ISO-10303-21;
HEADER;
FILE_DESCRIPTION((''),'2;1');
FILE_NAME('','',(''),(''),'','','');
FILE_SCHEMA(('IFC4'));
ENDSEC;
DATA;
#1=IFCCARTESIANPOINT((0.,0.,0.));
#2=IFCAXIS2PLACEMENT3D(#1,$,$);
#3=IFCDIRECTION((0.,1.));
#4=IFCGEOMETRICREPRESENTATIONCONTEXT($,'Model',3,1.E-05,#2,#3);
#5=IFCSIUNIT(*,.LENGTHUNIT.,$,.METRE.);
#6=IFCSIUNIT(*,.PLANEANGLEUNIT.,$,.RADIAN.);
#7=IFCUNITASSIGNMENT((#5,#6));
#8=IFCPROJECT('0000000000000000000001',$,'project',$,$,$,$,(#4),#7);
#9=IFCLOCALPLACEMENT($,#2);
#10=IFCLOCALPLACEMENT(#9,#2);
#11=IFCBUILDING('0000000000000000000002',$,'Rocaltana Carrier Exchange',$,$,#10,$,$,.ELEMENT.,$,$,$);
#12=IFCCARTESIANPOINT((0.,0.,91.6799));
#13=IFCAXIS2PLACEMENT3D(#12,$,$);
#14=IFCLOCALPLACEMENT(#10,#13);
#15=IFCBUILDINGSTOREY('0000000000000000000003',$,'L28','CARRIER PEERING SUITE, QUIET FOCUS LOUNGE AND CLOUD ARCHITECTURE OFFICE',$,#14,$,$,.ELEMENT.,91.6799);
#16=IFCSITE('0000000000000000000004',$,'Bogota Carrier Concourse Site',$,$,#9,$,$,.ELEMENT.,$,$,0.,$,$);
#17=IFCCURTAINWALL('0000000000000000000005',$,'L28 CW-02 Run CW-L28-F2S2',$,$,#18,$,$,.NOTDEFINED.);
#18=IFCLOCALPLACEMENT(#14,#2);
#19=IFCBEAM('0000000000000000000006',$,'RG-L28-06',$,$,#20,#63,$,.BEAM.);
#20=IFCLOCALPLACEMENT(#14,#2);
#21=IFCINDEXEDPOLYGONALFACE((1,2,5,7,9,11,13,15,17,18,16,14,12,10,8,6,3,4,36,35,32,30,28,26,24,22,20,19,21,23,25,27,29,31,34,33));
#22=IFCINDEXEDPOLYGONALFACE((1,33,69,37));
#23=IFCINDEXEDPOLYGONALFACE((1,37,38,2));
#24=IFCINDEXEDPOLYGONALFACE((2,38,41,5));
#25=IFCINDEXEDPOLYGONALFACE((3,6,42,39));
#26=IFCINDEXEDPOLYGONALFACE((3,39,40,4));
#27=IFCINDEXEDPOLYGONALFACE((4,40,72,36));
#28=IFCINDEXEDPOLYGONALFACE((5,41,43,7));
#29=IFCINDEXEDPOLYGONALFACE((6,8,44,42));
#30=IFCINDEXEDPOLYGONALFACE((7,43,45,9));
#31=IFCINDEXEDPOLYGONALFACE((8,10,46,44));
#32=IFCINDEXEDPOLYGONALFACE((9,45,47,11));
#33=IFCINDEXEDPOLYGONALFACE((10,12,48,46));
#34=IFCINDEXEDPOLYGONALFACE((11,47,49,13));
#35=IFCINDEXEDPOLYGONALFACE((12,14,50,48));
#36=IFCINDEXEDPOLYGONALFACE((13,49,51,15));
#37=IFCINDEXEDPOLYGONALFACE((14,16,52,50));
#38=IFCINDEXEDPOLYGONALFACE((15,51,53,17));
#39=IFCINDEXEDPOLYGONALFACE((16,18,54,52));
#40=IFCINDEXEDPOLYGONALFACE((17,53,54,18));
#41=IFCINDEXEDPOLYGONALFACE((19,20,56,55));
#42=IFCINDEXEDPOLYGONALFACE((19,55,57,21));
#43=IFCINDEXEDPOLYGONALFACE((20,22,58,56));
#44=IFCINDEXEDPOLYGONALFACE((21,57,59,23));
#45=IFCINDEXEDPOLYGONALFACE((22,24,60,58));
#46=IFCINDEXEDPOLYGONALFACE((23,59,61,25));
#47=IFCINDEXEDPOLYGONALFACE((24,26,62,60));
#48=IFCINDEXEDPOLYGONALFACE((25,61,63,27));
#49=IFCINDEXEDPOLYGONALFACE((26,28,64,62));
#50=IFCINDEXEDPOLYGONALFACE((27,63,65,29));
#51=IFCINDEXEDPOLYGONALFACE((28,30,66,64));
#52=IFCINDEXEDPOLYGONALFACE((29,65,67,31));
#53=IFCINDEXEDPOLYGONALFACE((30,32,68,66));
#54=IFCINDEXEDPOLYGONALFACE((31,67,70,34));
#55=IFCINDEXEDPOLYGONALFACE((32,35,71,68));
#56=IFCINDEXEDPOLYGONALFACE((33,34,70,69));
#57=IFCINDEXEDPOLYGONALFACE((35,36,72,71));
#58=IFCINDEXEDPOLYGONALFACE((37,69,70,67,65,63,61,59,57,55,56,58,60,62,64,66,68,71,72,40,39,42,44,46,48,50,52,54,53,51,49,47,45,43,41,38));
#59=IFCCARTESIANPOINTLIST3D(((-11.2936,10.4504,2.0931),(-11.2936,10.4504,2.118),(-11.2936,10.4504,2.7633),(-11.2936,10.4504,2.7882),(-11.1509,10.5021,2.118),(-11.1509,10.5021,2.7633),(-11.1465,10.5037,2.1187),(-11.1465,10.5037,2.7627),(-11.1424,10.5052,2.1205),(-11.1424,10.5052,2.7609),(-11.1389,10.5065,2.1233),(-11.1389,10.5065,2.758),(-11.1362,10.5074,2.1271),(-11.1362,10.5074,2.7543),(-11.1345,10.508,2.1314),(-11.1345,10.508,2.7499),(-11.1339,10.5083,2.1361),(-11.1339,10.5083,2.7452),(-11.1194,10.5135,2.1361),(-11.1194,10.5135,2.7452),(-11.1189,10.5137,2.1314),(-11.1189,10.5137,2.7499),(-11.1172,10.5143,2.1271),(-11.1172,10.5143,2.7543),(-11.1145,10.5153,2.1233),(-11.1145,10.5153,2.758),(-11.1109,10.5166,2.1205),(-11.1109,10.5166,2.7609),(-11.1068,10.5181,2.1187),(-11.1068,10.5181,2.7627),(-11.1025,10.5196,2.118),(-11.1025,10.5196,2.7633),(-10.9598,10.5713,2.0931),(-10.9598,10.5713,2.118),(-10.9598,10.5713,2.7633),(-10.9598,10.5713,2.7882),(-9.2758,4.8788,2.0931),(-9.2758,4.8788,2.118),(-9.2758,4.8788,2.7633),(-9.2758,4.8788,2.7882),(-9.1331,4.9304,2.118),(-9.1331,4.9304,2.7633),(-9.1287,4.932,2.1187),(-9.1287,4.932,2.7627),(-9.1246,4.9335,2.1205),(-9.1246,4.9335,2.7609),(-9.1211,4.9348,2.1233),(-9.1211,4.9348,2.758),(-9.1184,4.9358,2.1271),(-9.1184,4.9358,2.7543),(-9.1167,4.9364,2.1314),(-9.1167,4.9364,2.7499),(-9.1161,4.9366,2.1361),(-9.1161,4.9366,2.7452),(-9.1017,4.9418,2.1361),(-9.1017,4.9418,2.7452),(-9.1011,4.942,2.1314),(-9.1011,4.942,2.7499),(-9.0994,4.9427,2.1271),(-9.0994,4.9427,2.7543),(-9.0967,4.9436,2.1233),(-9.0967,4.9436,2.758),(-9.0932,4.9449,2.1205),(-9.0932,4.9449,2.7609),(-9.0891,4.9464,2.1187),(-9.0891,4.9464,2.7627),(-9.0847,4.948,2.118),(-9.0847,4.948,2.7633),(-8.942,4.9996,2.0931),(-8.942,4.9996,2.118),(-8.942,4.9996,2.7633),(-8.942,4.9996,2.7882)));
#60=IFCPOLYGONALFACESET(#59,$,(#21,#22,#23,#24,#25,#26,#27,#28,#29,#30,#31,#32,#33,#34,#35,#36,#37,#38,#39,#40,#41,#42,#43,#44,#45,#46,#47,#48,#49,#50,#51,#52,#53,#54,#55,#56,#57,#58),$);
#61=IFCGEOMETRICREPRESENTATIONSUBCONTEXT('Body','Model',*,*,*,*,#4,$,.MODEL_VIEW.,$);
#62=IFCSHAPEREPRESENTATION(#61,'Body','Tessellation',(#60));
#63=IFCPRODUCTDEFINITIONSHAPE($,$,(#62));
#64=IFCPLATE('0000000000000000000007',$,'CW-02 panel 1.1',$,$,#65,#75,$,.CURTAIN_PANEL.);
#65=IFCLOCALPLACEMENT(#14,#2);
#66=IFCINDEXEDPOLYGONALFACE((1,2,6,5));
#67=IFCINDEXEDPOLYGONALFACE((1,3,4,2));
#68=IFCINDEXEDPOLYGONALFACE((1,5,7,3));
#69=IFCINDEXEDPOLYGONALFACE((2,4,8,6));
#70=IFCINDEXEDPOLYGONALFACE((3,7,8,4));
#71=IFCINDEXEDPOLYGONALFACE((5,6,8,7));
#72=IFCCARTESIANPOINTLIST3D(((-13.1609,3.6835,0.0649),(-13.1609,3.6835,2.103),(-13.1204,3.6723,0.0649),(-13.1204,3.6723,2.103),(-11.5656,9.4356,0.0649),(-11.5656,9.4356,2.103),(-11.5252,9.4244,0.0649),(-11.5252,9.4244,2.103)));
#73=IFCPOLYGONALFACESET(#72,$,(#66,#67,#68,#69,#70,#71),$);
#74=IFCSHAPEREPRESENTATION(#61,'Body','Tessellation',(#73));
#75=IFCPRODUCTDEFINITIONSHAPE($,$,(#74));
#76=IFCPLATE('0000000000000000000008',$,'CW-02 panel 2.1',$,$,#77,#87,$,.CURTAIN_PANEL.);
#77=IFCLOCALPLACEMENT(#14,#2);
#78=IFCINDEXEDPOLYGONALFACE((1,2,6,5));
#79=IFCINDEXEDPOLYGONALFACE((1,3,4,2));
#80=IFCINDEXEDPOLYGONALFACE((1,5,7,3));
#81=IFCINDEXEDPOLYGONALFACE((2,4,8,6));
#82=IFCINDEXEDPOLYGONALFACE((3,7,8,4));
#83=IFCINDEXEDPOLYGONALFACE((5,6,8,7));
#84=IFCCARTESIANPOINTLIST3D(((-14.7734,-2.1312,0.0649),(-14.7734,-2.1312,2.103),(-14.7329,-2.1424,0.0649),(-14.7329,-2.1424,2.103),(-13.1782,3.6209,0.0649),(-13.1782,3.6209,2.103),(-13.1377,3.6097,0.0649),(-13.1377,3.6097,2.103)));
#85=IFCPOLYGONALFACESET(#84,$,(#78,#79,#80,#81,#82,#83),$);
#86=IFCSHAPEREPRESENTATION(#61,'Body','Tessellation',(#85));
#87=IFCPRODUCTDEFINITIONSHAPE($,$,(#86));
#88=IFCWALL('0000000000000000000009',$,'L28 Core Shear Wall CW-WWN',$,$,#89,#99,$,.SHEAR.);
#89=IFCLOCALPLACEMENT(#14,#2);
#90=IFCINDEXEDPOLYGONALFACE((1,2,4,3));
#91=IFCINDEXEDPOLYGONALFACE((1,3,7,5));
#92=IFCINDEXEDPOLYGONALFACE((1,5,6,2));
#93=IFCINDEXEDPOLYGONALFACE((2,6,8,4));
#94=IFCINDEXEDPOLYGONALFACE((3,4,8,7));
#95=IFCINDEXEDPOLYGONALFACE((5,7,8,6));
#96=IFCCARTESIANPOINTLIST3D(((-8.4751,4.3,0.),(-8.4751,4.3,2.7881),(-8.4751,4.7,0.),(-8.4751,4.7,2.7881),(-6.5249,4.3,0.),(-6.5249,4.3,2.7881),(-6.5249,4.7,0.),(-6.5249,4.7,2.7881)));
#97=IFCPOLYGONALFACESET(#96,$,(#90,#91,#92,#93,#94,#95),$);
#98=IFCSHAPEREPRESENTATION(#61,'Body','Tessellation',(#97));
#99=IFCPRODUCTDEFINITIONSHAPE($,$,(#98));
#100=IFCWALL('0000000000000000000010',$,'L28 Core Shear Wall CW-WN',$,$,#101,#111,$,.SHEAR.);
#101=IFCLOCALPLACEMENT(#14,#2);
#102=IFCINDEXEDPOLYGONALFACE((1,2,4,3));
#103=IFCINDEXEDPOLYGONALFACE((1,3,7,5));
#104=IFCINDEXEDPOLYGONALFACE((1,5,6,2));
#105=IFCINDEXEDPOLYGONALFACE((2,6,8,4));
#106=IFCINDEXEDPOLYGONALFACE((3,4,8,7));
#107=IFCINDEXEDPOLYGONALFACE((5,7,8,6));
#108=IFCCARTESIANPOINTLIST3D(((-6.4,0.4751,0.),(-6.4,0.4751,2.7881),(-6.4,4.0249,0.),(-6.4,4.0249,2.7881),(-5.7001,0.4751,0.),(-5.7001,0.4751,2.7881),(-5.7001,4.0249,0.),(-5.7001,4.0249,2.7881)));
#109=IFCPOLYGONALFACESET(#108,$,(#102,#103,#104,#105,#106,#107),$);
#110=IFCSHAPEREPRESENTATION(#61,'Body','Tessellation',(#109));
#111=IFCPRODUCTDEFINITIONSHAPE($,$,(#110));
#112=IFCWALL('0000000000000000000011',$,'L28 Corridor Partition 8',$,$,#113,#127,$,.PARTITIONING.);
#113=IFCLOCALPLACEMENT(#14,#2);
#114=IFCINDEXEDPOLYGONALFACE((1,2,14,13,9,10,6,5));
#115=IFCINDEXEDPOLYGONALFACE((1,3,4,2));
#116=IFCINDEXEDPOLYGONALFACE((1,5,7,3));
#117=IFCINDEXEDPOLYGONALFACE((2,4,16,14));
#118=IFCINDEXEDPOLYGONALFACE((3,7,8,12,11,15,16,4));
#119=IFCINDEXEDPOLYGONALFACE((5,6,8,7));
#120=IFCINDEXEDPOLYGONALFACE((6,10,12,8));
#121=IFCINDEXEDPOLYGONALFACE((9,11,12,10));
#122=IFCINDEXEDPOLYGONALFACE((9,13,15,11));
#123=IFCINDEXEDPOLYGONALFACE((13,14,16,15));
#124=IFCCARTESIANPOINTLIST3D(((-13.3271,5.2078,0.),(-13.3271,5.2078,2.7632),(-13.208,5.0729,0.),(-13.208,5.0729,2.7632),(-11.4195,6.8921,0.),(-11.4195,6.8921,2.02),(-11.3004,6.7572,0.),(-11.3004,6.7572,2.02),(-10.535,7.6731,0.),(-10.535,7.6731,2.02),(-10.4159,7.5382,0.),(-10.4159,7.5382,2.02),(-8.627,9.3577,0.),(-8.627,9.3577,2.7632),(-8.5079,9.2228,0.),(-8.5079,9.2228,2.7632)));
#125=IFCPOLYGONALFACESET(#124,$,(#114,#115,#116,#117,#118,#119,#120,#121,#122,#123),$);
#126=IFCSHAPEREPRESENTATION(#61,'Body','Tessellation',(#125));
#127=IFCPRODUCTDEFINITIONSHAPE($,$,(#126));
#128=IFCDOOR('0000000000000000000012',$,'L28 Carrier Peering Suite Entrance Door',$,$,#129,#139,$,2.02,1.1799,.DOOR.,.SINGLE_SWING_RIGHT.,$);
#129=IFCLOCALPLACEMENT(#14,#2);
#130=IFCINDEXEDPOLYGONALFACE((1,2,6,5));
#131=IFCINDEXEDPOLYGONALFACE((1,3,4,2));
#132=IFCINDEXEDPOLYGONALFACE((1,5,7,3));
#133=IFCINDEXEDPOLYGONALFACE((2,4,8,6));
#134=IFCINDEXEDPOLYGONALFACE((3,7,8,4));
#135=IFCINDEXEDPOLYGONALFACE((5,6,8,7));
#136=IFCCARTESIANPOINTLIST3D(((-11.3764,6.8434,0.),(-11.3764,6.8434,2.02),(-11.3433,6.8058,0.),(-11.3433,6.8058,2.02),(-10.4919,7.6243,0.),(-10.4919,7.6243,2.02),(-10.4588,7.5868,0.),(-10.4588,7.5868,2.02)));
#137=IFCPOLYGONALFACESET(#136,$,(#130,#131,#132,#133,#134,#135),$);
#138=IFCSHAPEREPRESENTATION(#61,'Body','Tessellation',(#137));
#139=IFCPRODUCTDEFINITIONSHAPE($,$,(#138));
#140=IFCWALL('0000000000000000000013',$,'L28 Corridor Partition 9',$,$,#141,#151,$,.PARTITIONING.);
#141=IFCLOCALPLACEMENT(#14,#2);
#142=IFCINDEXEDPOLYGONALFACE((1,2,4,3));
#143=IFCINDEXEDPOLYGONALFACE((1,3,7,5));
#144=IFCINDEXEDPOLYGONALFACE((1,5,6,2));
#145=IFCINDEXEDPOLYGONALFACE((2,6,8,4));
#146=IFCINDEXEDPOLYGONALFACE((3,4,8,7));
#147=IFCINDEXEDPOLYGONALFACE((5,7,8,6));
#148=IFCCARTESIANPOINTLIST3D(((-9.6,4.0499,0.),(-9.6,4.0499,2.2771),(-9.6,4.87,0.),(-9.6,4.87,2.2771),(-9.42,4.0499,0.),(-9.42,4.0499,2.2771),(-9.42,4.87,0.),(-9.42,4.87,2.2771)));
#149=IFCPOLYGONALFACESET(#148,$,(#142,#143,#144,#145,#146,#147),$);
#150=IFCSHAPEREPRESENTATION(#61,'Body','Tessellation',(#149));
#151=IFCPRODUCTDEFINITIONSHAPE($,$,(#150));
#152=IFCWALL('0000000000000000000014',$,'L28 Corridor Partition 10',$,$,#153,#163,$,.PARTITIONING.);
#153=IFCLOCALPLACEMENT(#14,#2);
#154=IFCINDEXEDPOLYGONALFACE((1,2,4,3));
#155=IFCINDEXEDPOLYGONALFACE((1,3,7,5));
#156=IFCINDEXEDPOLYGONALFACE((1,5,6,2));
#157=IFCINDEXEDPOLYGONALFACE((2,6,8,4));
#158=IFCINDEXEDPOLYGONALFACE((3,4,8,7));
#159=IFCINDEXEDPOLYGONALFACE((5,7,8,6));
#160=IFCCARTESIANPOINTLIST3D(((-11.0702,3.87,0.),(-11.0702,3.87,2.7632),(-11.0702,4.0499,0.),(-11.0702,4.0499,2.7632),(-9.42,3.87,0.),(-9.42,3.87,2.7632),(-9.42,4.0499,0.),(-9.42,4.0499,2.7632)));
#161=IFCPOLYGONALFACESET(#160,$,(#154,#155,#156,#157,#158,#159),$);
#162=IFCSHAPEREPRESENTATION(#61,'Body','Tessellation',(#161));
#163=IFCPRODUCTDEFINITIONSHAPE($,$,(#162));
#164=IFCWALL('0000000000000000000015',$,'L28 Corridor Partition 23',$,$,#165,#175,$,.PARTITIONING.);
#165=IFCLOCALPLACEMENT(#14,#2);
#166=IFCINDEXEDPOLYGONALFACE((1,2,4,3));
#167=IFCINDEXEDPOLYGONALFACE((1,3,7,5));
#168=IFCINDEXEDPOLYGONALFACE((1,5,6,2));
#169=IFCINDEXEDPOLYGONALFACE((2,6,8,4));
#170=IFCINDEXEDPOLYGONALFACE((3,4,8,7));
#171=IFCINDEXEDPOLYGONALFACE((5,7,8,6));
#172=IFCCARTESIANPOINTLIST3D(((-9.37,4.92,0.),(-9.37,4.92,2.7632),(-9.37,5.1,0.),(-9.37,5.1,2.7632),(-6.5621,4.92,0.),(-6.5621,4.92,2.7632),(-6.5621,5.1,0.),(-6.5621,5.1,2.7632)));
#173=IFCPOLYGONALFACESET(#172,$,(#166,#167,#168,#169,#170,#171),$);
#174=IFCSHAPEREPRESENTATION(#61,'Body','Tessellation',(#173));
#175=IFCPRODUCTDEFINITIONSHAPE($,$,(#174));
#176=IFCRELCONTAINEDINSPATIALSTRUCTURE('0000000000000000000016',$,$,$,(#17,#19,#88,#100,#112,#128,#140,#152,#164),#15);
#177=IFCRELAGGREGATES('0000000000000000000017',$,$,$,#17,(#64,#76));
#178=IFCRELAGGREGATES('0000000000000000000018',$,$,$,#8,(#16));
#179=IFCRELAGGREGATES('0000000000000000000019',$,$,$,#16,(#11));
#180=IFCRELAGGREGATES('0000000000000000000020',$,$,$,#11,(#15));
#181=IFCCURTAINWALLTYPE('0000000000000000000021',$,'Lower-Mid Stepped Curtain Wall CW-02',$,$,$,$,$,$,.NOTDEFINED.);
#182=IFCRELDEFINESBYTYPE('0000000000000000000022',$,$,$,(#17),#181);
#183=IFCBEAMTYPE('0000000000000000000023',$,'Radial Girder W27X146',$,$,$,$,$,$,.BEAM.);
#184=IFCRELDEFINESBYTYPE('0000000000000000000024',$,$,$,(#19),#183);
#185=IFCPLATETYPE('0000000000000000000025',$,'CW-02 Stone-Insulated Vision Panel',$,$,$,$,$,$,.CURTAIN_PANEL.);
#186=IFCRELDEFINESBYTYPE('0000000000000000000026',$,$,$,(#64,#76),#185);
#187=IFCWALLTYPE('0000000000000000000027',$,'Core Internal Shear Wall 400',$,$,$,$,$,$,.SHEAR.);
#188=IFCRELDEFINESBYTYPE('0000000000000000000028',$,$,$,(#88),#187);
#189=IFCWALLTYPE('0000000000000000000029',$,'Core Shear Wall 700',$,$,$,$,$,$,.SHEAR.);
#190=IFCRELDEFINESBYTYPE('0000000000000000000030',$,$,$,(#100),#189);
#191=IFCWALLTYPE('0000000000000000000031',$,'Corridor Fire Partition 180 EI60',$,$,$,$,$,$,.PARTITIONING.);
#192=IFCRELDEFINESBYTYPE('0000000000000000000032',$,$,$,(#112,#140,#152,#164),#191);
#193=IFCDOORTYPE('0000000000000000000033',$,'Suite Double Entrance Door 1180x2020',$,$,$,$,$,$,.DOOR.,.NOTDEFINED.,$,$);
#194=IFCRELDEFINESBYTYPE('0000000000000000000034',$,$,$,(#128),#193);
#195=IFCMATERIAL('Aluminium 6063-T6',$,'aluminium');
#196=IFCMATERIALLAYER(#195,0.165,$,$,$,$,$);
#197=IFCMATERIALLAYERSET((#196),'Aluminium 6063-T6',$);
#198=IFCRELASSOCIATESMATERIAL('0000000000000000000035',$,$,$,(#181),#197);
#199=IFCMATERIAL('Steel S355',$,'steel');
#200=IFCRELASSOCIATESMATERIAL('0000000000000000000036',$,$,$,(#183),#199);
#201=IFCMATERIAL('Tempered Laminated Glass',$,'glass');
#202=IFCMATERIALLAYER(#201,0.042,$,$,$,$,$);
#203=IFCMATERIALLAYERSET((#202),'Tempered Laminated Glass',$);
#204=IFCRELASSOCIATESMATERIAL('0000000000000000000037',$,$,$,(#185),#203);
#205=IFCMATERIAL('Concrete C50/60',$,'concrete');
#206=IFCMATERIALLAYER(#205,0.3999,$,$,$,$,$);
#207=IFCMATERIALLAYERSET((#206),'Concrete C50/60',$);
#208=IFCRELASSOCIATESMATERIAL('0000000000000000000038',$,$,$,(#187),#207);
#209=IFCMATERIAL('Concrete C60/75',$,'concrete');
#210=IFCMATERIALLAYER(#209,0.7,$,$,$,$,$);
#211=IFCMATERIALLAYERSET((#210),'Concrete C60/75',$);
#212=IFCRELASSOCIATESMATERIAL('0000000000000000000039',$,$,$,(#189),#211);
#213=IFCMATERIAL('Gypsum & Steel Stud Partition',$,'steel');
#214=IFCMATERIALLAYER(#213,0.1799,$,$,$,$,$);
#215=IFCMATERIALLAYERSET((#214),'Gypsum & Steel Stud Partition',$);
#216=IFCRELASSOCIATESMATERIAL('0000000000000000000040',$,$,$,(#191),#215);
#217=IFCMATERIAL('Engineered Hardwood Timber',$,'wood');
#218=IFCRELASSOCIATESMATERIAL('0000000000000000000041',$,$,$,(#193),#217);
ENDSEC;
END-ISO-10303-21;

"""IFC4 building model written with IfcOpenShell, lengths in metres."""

from ifc_helpers import new_model, si_unit, direction, frame, frame_2d, origin, origin_2d, place, context, subcontext, project, spatial, rectangle, i_section, extrude, material, layer, layer_set, material_profile, profile_set, type_object, element, fill, aggregate, save


model = new_model("IFC4")

# Units and contexts
model_context = context("Model", 3, precision=1e-05, world=origin(), true_north=direction((0.0, 1.0)))
body_context = subcontext(model_context, "Body", "Model", "MODEL_VIEW")
ifc_project = project(units=[si_unit("LENGTHUNIT", "METRE"), si_unit("PLANEANGLEUNIT", "RADIAN")], contexts=[model_context])

# Site, building, storey
site_placement = place(None, origin())
site = spatial("IfcSite", under=ifc_project, at=site_placement, Name="Bogota Carrier Concourse Site", CompositionType="ELEMENT", RefElevation=0.0)
building_placement = place(site_placement, origin())
building = spatial("IfcBuilding", under=site, at=building_placement, Name="Rocaltana Carrier Exchange", CompositionType="ELEMENT")
storey_placement = place(building_placement, frame((0.0, 0.0, 91.6799)))
storey = spatial("IfcBuildingStorey", under=building, at=storey_placement, Name="L28", Description="CARRIER PEERING SUITE, QUIET FOCUS LOUNGE AND CLOUD ARCHITECTURE OFFICE", CompositionType="ELEMENT", Elevation=91.6799)

# Curtain wall
ifc_material_1 = material(Name="Aluminium 6063-T6", Category="aluminium")
ifc_layer_1 = layer(ifc_material_1, 0.165)
ifc_layer_set_1 = layer_set([ifc_layer_1], Name="Aluminium 6063-T6")
curtain_wall_type = type_object("IfcCurtainWallType", Name="Lower-Mid Stepped Curtain Wall CW-02", PredefinedType="NOTDEFINED", material=ifc_layer_set_1)
curtain_wall_placement = place(storey_placement, origin())
curtain_wall = element("IfcCurtainWall", 1, at=curtain_wall_placement, inside=storey, type_object=curtain_wall_type, Name="L28 CW-02 Run CW-L28-F2S2", PredefinedType="NOTDEFINED")

# Beam
ifc_material_2 = material(Name="Steel S355", Category="steel")
ifc_material_profile_1 = material_profile(ifc_material_2, i_section(OverallWidth=0.355, OverallDepth=0.6951, WebThickness=0.0154, FlangeThickness=0.0249, FilletRadius=0.0181, at=origin_2d()), Name="W27X146")
ifc_profile_set_1 = profile_set([ifc_material_profile_1], Name="Steel S355")
beam_type_1 = type_object("IfcBeamType", Name="Radial Girder W27X146", PredefinedType="BEAM", material=ifc_profile_set_1)
beam_1_placement = place(storey_placement, frame((-9.1089, 4.9392, 2.4407), z_axis=(-0.340509, 0.940241, 0.0), x_axis=(-0.940241, -0.340509, 0.0)))
element("IfcBeam", 2, at=beam_1_placement, inside=storey, type_object=beam_type_1, Name="RG-L28-06", PredefinedType="BEAM", context=body_context, shape_type="SweptSolid", body=[
    extrude(i_section(OverallWidth=0.355, OverallDepth=0.6951, WebThickness=0.0154, FlangeThickness=0.0249, FilletRadius=0.0181, at=origin_2d()), origin(), (0.0, 0.0, 1.0), 5.9258),
])

# Plates
ifc_material_3 = material(Name="Tempered Laminated Glass", Category="glass")
ifc_layer_2 = layer(ifc_material_3, 0.042)
ifc_layer_set_2 = layer_set([ifc_layer_2], Name="Tempered Laminated Glass")
plate_type = type_object("IfcPlateType", Name="CW-02 Stone-Insulated Vision Panel", PredefinedType="CURTAIN_PANEL", material=ifc_layer_set_2)
plate_1_placement = place(storey_placement, frame((-12.343, 6.554, 0.0649), z_axis=(0.0, 0.0, 1.0), x_axis=(-0.267238, -0.963631, 0.0)))
plate_1 = element("IfcPlate", 3, at=plate_1_placement, type_object=plate_type, Name="CW-02 panel 1.1", PredefinedType="CURTAIN_PANEL", context=body_context, shape_type="SweptSolid", body=[
    extrude(rectangle(XDim=5.9692, YDim=0.042, at=origin_2d()), origin(), (0.0, 0.0, 1.0), 2.0381),
])
plate_2_placement = place(storey_placement, frame((-13.9556, 0.7393, 0.0649), z_axis=(0.0, 0.0, 1.0), x_axis=(-0.267238, -0.963631, 0.0)))
plate_2 = element("IfcPlate", 4, at=plate_2_placement, type_object=plate_type, Name="CW-02 panel 2.1", PredefinedType="CURTAIN_PANEL", context=body_context, shape_type="SweptSolid", body=[
    extrude(rectangle(XDim=5.9692, YDim=0.042, at=origin_2d()), origin(), (0.0, 0.0, 1.0), 2.0381),
])
aggregate(curtain_wall, [plate_1, plate_2])

# Walls
ifc_material_4 = material(Name="Concrete C50/60", Category="concrete")
ifc_layer_3 = layer(ifc_material_4, 0.3999)
ifc_layer_set_3 = layer_set([ifc_layer_3], Name="Concrete C50/60")
wall_type_1 = type_object("IfcWallType", Name="Core Internal Shear Wall 400", PredefinedType="SHEAR", material=ifc_layer_set_3)
wall_1_placement = place(storey_placement, frame((-8.4751, 4.5, 0.0), z_axis=(0.0, 0.0, 1.0), x_axis=(1.0, 0.0, 0.0)))
element("IfcWall", 5, at=wall_1_placement, inside=storey, type_object=wall_type_1, Name="L28 Core Shear Wall CW-WWN", PredefinedType="SHEAR", context=body_context, shape_type="SweptSolid", body=[
    extrude(rectangle(XDim=1.9502, YDim=0.3999, at=frame_2d((0.9751, 0.0))), origin(), (0.0, 0.0, 1.0), 2.7881),
])
ifc_material_5 = material(Name="Concrete C60/75", Category="concrete")
ifc_layer_4 = layer(ifc_material_5, 0.7)
ifc_layer_set_4 = layer_set([ifc_layer_4], Name="Concrete C60/75")
wall_type_2 = type_object("IfcWallType", Name="Core Shear Wall 700", PredefinedType="SHEAR", material=ifc_layer_set_4)
wall_2_placement = place(storey_placement, frame((-6.05, 0.4751, 0.0), z_axis=(0.0, 0.0, 1.0), x_axis=(0.0, 1.0, 0.0)))
element("IfcWall", 6, at=wall_2_placement, inside=storey, type_object=wall_type_2, Name="L28 Core Shear Wall CW-WN", PredefinedType="SHEAR", context=body_context, shape_type="SweptSolid", body=[
    extrude(rectangle(XDim=3.5498, YDim=0.7, at=frame_2d((1.7749, 0.0))), origin(), (0.0, 0.0, 1.0), 2.7881),
])

# Wall, opening, door
ifc_material_6 = material(Name="Gypsum & Steel Stud Partition", Category="steel")
ifc_layer_5 = layer(ifc_material_6, 0.1799)
ifc_layer_set_5 = layer_set([ifc_layer_5], Name="Gypsum & Steel Stud Partition")
wall_type_3 = type_object("IfcWallType", Name="Corridor Fire Partition 180 EI60", PredefinedType="PARTITIONING", material=ifc_layer_set_5)
wall_3_placement = place(storey_placement, frame((-13.2676, 5.1404, 0.0), z_axis=(0.0, 0.0, 1.0), x_axis=(0.749626, 0.661861, 0.0)))
wall_3 = element("IfcWall", 7, at=wall_3_placement, inside=storey, type_object=wall_type_3, Name="L28 Corridor Partition 8", PredefinedType="PARTITIONING", context=body_context, shape_type="SweptSolid", body=[
    extrude(rectangle(XDim=6.27, YDim=0.1799, at=frame_2d((3.135, 0.0))), origin(), (0.0, 0.0, 1.0), 2.7632),
])
opening_placement = place(wall_3_placement, frame((2.5449, 0.0, 0.0)))
opening = element("IfcOpeningElement", 8, at=opening_placement, cuts=wall_3, PredefinedType="OPENING", context=body_context, shape_type="SweptSolid", body=[
    extrude(rectangle(XDim=1.1799, YDim=2.02, at=frame_2d((0.5898, 1.01))), frame((0.0, 0.0999, 0.0), z_axis=(0.0, -1.0, 0.0), x_axis=(1.0, 0.0, 0.0)), (0.0, 0.0, 1.0), 0.2),
])
ifc_material_7 = material(Name="Engineered Hardwood Timber", Category="wood")
door_type = type_object("IfcDoorType", Name="Suite Double Entrance Door 1180x2020", OperationType="NOTDEFINED", PredefinedType="DOOR", material=ifc_material_7)
door_placement = place(opening_placement, origin())
door = element("IfcDoor", 9, at=door_placement, inside=storey, type_object=door_type, Name="L28 Carrier Peering Suite Entrance Door", OperationType="SINGLE_SWING_RIGHT", OverallHeight=2.02, OverallWidth=1.1799, PredefinedType="DOOR", context=body_context, shape_type="SweptSolid", body=[
    extrude(rectangle(XDim=1.1799, YDim=2.02, at=frame_2d((0.5898, 1.01))), frame((0.0, 0.0249, 0.0), z_axis=(0.0, -1.0, 0.0), x_axis=(1.0, 0.0, 0.0)), (0.0, 0.0, 1.0), 0.05),
])
fill(opening, door)

# Walls
wall_4_placement = place(storey_placement, frame((-9.51, 4.8701, 0.0), z_axis=(0.0, 0.0, 1.0), x_axis=(0.0, -1.0, 0.0)))
element("IfcWall", 10, at=wall_4_placement, inside=storey, type_object=wall_type_3, Name="L28 Corridor Partition 9", PredefinedType="PARTITIONING", context=body_context, shape_type="SweptSolid", body=[
    extrude(rectangle(XDim=0.8201, YDim=0.1799, at=frame_2d((0.4102, 0.0))), origin(), (0.0, 0.0, 1.0), 2.2771),
])
wall_5_placement = place(storey_placement, frame((-9.4199, 3.96, 0.0), z_axis=(0.0, 0.0, 1.0), x_axis=(-1.0, 0.0, 0.0)))
element("IfcWall", 11, at=wall_5_placement, inside=storey, type_object=wall_type_3, Name="L28 Corridor Partition 10", PredefinedType="PARTITIONING", context=body_context, shape_type="SweptSolid", body=[
    extrude(rectangle(XDim=1.6501, YDim=0.1799, at=frame_2d((0.8252, 0.0))), origin(), (0.0, 0.0, 1.0), 2.7632),
])
wall_6_placement = place(storey_placement, frame((-6.5623, 5.01, 0.0), z_axis=(0.0, 0.0, 1.0), x_axis=(-1.0, 0.0, 0.0)))
element("IfcWall", 12, at=wall_6_placement, inside=storey, type_object=wall_type_3, Name="L28 Corridor Partition 23", PredefinedType="PARTITIONING", context=body_context, shape_type="SweptSolid", body=[
    extrude(rectangle(XDim=2.8079, YDim=0.1799, at=frame_2d((1.4038, 0.0))), origin(), (0.0, 0.0, 1.0), 2.7632),
])

save(model, "model.ifc")
